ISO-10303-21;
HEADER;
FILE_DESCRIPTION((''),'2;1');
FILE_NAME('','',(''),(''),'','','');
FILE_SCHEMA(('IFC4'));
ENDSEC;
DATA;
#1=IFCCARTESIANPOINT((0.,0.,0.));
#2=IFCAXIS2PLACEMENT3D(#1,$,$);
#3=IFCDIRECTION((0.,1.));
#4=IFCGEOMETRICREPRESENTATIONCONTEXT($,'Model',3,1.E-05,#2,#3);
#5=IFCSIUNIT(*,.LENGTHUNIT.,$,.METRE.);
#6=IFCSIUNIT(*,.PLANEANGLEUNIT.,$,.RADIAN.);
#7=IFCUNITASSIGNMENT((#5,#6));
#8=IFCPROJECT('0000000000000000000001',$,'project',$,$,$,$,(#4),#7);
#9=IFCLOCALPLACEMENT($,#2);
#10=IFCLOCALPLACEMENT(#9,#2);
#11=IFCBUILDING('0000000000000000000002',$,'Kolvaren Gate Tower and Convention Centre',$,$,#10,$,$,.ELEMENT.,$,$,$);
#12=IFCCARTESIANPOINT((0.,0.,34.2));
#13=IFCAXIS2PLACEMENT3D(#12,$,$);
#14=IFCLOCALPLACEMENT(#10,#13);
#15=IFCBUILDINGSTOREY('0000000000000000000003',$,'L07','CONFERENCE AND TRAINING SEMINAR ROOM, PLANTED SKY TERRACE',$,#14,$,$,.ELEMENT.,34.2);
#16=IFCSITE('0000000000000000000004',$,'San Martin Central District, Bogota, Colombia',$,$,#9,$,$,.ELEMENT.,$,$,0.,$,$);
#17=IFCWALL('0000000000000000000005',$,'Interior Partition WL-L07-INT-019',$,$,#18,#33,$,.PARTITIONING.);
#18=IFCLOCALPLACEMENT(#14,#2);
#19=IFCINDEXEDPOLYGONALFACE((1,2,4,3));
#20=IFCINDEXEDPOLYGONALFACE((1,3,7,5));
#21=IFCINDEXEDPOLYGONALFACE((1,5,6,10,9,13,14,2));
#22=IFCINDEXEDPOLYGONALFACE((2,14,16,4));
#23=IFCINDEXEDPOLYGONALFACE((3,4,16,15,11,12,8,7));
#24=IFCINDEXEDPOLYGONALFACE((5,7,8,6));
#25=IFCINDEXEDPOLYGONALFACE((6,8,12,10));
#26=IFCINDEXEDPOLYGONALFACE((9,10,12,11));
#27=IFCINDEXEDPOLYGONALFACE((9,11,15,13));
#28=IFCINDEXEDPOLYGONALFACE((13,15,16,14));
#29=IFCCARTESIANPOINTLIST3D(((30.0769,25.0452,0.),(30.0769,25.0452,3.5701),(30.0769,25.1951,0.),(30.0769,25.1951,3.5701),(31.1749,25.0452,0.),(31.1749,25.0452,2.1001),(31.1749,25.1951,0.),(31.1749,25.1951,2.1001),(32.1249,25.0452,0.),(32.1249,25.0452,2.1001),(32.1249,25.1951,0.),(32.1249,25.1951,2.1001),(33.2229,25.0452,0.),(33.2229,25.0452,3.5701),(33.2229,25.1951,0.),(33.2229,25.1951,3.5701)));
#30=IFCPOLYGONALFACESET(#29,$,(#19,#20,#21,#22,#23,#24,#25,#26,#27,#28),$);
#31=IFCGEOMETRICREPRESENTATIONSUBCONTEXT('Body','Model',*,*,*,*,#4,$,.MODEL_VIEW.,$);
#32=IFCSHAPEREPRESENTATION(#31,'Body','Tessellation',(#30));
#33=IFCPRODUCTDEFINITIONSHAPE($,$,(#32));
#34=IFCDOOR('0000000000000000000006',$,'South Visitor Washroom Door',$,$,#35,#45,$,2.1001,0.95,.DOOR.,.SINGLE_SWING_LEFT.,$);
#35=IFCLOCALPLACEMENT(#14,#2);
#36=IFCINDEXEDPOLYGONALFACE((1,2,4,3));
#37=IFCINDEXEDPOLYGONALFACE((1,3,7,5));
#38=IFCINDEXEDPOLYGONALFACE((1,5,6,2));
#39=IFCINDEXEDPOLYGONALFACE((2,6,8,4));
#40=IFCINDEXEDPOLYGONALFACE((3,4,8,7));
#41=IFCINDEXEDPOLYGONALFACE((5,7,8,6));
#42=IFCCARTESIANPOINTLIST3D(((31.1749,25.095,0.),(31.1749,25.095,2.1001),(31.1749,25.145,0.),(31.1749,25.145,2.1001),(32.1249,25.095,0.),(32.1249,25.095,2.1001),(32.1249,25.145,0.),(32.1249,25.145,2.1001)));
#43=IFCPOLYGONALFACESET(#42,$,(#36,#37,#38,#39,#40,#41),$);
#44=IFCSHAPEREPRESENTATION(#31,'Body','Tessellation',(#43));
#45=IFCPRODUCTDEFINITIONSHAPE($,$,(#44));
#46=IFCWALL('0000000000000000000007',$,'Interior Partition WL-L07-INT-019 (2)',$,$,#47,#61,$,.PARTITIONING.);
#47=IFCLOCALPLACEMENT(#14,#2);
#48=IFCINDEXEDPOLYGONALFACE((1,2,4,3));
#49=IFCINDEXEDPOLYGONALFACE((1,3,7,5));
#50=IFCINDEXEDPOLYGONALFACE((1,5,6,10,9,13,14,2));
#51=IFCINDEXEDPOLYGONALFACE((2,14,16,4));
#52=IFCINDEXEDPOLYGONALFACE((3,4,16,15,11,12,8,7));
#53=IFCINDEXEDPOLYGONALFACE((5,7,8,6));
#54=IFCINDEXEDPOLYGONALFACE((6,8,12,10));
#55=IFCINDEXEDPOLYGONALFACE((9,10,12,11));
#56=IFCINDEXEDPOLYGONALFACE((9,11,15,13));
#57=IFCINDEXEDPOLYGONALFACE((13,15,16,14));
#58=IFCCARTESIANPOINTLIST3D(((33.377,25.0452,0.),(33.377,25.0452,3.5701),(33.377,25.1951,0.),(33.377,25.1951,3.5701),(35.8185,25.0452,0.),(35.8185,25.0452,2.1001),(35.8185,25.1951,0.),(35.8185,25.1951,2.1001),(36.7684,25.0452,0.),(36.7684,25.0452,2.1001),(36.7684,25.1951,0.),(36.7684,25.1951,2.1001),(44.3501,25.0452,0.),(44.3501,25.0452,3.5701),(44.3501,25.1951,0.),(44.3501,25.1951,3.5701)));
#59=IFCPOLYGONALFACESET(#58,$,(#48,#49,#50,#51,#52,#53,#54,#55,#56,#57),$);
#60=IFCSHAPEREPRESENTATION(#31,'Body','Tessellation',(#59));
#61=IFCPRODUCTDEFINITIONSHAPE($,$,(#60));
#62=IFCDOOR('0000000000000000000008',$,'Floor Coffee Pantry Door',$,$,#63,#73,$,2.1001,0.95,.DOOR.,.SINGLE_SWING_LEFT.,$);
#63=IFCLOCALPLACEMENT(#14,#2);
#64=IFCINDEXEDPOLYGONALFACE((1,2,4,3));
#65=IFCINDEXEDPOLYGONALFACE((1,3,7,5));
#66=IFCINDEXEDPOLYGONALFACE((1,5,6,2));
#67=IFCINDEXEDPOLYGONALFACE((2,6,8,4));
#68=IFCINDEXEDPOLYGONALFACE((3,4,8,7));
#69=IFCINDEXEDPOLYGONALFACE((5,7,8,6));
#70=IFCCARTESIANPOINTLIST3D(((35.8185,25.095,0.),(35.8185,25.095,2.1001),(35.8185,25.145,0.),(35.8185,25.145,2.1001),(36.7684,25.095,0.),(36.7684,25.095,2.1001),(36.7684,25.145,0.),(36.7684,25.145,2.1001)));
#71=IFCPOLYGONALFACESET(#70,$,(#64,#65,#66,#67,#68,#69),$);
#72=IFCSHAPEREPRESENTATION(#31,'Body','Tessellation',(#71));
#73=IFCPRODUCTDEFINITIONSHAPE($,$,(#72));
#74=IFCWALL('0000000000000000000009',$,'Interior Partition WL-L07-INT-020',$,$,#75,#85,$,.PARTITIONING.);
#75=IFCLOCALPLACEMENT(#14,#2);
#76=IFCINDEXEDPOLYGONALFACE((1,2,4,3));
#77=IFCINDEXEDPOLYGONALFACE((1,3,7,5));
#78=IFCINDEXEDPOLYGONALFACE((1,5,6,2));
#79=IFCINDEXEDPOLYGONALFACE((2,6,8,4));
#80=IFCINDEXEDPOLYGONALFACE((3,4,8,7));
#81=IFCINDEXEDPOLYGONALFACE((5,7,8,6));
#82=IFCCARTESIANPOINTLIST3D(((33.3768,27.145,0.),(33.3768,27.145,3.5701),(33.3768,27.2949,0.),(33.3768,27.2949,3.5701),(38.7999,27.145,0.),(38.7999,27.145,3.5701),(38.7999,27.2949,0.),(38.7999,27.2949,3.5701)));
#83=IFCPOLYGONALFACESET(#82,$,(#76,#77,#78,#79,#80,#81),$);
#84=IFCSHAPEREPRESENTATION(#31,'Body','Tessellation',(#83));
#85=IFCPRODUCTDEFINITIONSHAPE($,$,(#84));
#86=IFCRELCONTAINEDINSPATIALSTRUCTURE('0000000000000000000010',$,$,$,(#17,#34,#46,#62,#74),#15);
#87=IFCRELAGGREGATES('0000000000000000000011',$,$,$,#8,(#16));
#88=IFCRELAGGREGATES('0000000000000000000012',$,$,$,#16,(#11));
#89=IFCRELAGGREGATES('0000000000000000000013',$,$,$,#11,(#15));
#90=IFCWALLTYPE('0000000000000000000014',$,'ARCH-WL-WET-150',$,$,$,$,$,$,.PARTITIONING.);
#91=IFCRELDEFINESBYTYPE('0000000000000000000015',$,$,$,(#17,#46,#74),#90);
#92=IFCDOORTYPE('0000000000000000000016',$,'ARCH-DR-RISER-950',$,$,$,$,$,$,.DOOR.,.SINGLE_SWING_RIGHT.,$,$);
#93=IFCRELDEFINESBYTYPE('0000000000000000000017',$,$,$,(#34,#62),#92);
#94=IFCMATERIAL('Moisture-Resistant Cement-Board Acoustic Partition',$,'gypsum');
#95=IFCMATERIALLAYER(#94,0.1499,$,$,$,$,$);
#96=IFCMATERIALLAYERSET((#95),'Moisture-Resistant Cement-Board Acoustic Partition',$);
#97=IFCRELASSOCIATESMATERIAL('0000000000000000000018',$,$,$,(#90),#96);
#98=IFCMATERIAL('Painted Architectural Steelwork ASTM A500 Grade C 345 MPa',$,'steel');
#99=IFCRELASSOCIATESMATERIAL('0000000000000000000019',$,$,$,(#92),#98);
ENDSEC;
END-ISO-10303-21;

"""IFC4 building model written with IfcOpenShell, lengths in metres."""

from ifc_helpers import new_model, si_unit, direction, frame, frame_2d, origin, place, context, subcontext, project, spatial, rectangle, extrude, material, layer, layer_set, type_object, element, fill, save


model = new_model("IFC4")

# Units and contexts
model_context = context("Model", 3, precision=1e-05, world=origin(), true_north=direction((0.0, 1.0)))
body_context = subcontext(model_context, "Body", "Model", "MODEL_VIEW")
ifc_project = project(units=[si_unit("LENGTHUNIT", "METRE"), si_unit("PLANEANGLEUNIT", "RADIAN")], contexts=[model_context])

# Site, building, storey
site_placement = place(None, origin())
site = spatial("IfcSite", under=ifc_project, at=site_placement, Name="San Martin Central District, Bogota, Colombia", CompositionType="ELEMENT", RefElevation=0.0)
building_placement = place(site_placement, origin())
building = spatial("IfcBuilding", under=site, at=building_placement, Name="Kolvaren Gate Tower and Convention Centre", CompositionType="ELEMENT")
storey_placement = place(building_placement, frame((0.0, 0.0, 34.2)))
storey = spatial("IfcBuildingStorey", under=building, at=storey_placement, Name="L07", Description="CONFERENCE AND TRAINING SEMINAR ROOM, PLANTED SKY TERRACE", CompositionType="ELEMENT", Elevation=34.2)

# Shared definitions
ifc_material_1 = material(Name="Moisture-Resistant Cement-Board Acoustic Partition", Category="gypsum")
ifc_layer_1 = layer(ifc_material_1, 0.1499)
ifc_layer_set_1 = layer_set([ifc_layer_1], Name="Moisture-Resistant Cement-Board Acoustic Partition")
wall_type_1 = type_object("IfcWallType", Name="ARCH-WL-WET-150", PredefinedType="PARTITIONING", material=ifc_layer_set_1)

# Shared definitions
ifc_material_2 = material(Name="Painted Architectural Steelwork ASTM A500 Grade C 345 MPa", Category="steel")
door_type_1 = type_object("IfcDoorType", Name="ARCH-DR-RISER-950", OperationType="SINGLE_SWING_RIGHT", PredefinedType="DOOR", material=ifc_material_2)

# Walls, openings, doors
wall_1_placement = place(storey_placement, frame((30.0769, 25.1201, 0.0), z_axis=(0.0, 0.0, 1.0), x_axis=(1.0, 0.0, 0.0)))
wall_1 = element("IfcWall", 1, at=wall_1_placement, inside=storey, type_object=wall_type_1, Name="Interior Partition WL-L07-INT-019", PredefinedType="PARTITIONING", context=body_context, shape_type="SweptSolid", body=[
    extrude(rectangle(XDim=3.146, YDim=0.1499, at=frame_2d((1.573, 0.0))), origin(), (0.0, 0.0, 1.0), 3.5701),
])
opening_1_placement = place(wall_1_placement, frame((1.0979, 0.0, 0.0)))
opening_1 = element("IfcOpeningElement", 2, at=opening_1_placement, cuts=wall_1, PredefinedType="OPENING", context=body_context, shape_type="SweptSolid", body=[
    extrude(rectangle(XDim=0.95, YDim=2.1001, at=frame_2d((0.4751, 1.05))), frame((0.0, 0.085, 0.0), z_axis=(0.0, -1.0, 0.0), x_axis=(1.0, 0.0, 0.0)), (0.0, 0.0, 1.0), 0.1699),
])
door_1_placement = place(opening_1_placement, origin())
door_1 = element("IfcDoor", 3, at=door_1_placement, inside=storey, type_object=door_type_1, Name="South Visitor Washroom Door", OperationType="SINGLE_SWING_LEFT", OverallHeight=2.1001, OverallWidth=0.95, PredefinedType="DOOR", context=body_context, shape_type="SweptSolid", body=[
    extrude(rectangle(XDim=0.95, YDim=2.1001, at=frame_2d((0.4751, 1.05))), frame((0.0, 0.0249, 0.0), z_axis=(0.0, -1.0, 0.0), x_axis=(1.0, 0.0, 0.0)), (0.0, 0.0, 1.0), 0.05),
])
fill(opening_1, door_1)
wall_2_placement = place(storey_placement, frame((33.377, 25.1201, 0.0), z_axis=(0.0, 0.0, 1.0), x_axis=(1.0, 0.0, 0.0)))
wall_2 = element("IfcWall", 4, at=wall_2_placement, inside=storey, type_object=wall_type_1, Name="Interior Partition WL-L07-INT-019 (2)", PredefinedType="PARTITIONING", context=body_context, shape_type="SweptSolid", body=[
    extrude(rectangle(XDim=10.9731, YDim=0.1499, at=frame_2d((5.4866, 0.0))), origin(), (0.0, 0.0, 1.0), 3.5701),
])
opening_2_placement = place(wall_2_placement, frame((2.4414, 0.0, 0.0)))
opening_2 = element("IfcOpeningElement", 5, at=opening_2_placement, cuts=wall_2, PredefinedType="OPENING", context=body_context, shape_type="SweptSolid", body=[
    extrude(rectangle(XDim=0.95, YDim=2.1001, at=frame_2d((0.4751, 1.05))), frame((0.0, 0.085, 0.0), z_axis=(0.0, -1.0, 0.0), x_axis=(1.0, 0.0, 0.0)), (0.0, 0.0, 1.0), 0.1699),
])
door_2_placement = place(opening_2_placement, origin())
door_2 = element("IfcDoor", 6, at=door_2_placement, inside=storey, type_object=door_type_1, Name="Floor Coffee Pantry Door", OperationType="SINGLE_SWING_LEFT", OverallHeight=2.1001, OverallWidth=0.95, PredefinedType="DOOR", context=body_context, shape_type="SweptSolid", body=[
    extrude(rectangle(XDim=0.95, YDim=2.1001, at=frame_2d((0.4751, 1.05))), frame((0.0, 0.0249, 0.0), z_axis=(0.0, -1.0, 0.0), x_axis=(1.0, 0.0, 0.0)), (0.0, 0.0, 1.0), 0.05),
])
fill(opening_2, door_2)

# Wall
wall_3_placement = place(storey_placement, frame((33.377, 27.22, 0.0), z_axis=(0.0, 0.0, 1.0), x_axis=(1.0, 0.0, 0.0)))
element("IfcWall", 7, at=wall_3_placement, inside=storey, type_object=wall_type_1, Name="Interior Partition WL-L07-INT-020", PredefinedType="PARTITIONING", context=body_context, shape_type="SweptSolid", body=[
    extrude(rectangle(XDim=5.4231, YDim=0.1499, at=frame_2d((2.7114, 0.0))), origin(), (0.0, 0.0, 1.0), 3.5701),
])

save(model, "model.ifc")
